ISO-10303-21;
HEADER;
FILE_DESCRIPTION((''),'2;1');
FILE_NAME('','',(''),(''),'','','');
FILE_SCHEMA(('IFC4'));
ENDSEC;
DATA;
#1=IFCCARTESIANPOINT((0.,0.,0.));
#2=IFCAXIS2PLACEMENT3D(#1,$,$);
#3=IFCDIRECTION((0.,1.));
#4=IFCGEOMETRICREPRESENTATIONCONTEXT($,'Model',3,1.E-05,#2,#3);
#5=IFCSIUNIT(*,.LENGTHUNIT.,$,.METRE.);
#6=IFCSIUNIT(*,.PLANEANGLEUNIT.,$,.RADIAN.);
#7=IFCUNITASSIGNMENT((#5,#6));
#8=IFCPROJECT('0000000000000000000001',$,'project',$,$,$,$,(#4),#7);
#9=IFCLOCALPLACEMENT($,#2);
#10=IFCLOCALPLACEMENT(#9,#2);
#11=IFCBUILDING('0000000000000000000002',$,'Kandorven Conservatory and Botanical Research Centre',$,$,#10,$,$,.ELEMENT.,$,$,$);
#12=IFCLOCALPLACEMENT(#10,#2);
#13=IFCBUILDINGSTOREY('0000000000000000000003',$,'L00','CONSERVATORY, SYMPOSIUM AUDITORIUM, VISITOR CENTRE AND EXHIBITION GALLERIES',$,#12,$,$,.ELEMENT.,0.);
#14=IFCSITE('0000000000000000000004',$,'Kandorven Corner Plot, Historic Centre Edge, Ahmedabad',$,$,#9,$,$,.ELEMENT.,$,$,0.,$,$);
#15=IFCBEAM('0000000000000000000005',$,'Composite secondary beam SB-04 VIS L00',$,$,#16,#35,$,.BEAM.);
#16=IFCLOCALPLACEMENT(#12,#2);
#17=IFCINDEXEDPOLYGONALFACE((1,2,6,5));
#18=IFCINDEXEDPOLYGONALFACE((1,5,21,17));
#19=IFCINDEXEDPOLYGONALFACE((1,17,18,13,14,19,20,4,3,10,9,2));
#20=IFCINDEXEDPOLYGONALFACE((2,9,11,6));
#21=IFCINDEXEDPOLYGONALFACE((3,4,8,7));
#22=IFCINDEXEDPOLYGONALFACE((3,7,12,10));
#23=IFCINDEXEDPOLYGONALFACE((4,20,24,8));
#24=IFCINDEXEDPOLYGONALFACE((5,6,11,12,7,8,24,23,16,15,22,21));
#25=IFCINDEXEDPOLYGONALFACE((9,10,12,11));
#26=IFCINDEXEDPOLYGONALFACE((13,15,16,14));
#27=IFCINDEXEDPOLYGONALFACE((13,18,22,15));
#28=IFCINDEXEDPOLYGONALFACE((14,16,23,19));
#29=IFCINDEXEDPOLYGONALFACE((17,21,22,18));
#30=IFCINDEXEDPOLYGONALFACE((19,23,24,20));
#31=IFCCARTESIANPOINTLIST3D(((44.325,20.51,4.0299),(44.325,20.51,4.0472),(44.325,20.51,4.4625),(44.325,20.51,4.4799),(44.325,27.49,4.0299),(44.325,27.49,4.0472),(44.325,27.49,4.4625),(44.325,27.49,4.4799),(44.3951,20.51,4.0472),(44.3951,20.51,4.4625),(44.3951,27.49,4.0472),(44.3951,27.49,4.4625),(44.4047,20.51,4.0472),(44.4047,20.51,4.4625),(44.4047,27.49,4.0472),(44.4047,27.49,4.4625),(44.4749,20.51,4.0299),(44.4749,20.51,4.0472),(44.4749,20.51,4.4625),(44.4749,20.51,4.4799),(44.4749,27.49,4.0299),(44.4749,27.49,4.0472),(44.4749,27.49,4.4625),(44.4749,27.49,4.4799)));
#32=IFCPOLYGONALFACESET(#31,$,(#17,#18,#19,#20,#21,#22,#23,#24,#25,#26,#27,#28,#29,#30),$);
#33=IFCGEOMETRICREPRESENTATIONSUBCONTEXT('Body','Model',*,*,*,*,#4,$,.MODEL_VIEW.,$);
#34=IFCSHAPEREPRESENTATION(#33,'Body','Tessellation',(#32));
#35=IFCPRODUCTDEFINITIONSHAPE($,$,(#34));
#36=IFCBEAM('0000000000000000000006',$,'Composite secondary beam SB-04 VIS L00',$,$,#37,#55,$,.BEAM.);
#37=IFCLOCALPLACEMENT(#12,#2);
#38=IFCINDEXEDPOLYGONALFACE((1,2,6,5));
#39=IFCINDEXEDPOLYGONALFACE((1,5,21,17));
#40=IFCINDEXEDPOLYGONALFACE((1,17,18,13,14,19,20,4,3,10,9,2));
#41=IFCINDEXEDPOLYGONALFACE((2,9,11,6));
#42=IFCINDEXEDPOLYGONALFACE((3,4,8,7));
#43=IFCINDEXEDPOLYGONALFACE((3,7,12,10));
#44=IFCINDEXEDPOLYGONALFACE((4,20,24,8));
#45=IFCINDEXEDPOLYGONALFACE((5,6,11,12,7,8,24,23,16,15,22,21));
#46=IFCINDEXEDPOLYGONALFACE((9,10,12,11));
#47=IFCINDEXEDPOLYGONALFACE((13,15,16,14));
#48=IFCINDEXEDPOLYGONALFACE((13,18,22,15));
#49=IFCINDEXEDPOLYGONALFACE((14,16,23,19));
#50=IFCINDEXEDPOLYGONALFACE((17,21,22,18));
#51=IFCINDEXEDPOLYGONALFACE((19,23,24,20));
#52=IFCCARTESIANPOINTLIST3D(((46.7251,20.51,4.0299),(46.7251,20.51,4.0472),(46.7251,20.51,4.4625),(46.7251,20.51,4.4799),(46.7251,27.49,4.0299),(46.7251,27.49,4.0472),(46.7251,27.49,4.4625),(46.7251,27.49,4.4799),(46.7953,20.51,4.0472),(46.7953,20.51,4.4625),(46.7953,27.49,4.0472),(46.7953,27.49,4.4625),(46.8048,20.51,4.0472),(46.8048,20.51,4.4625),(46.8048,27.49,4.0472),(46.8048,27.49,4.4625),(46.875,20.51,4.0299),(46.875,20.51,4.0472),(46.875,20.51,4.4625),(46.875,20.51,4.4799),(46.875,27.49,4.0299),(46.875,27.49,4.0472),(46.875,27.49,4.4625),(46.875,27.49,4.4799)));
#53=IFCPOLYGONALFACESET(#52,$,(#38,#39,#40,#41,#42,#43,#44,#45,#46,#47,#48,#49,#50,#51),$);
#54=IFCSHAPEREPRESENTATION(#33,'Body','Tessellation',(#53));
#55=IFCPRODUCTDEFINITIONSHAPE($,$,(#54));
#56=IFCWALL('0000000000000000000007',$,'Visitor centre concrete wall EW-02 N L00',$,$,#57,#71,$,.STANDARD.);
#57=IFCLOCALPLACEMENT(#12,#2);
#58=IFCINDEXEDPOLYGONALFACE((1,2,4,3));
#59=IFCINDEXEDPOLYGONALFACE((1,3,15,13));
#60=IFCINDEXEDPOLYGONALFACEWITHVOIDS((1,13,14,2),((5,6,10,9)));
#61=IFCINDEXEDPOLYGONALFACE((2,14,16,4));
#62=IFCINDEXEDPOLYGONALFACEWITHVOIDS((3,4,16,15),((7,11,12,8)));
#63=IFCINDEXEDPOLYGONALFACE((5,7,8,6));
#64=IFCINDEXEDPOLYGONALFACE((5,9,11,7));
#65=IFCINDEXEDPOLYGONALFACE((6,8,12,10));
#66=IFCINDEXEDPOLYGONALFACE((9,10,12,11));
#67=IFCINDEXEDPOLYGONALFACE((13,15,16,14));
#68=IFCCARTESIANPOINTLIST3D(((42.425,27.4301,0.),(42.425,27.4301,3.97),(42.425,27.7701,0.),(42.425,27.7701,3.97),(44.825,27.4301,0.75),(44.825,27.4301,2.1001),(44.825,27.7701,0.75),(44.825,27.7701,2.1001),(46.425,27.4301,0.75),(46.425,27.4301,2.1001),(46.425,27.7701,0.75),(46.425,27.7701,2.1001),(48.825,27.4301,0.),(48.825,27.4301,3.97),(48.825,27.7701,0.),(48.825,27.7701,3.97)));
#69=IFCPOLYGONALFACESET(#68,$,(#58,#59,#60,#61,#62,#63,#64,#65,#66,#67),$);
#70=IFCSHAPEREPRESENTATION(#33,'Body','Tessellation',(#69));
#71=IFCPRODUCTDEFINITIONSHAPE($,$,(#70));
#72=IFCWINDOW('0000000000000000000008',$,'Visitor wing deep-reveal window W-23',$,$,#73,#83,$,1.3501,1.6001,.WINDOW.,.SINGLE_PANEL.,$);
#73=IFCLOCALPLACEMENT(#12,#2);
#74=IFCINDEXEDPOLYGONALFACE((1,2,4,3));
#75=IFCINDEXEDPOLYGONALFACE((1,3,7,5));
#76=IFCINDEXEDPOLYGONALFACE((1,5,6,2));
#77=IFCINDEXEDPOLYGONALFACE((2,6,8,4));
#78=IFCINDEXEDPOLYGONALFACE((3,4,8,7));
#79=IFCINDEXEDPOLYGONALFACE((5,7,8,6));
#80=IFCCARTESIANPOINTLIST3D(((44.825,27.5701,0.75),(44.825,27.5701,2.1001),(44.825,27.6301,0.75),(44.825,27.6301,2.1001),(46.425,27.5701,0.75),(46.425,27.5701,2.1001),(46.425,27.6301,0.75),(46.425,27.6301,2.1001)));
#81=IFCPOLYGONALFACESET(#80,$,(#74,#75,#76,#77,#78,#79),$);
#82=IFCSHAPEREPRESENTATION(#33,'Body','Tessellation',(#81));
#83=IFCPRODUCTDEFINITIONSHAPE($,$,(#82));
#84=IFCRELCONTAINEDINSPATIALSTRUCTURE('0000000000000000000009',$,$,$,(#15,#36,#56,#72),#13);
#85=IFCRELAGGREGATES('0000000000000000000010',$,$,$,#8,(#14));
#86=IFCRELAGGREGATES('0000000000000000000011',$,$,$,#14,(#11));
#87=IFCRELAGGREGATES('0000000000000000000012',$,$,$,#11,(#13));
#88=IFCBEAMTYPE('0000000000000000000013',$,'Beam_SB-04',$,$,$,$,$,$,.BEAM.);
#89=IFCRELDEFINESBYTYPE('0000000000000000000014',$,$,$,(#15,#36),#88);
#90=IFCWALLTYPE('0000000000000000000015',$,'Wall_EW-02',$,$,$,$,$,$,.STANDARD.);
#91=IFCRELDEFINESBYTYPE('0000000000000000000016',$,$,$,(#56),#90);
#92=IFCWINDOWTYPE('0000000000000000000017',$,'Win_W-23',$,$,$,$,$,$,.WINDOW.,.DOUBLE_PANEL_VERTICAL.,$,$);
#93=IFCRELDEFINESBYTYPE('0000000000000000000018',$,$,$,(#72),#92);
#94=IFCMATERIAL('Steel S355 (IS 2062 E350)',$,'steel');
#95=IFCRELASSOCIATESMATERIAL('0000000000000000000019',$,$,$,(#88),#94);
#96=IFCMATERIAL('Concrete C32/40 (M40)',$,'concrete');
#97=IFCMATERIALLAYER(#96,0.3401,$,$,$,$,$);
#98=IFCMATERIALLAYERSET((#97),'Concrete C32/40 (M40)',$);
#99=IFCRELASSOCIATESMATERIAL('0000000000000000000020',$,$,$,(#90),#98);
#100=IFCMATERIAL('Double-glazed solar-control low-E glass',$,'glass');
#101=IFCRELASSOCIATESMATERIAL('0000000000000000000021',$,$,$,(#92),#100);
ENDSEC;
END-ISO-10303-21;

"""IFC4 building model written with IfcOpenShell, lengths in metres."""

from ifc_helpers import new_model, si_unit, direction, frame, frame_2d, origin, origin_2d, place, context, subcontext, project, spatial, rectangle, i_section, extrude, material, layer, layer_set, material_profile, profile_set, type_object, element, fill, save


model = new_model("IFC4")

# Units and contexts
model_context = context("Model", 3, precision=1e-05, world=origin(), true_north=direction((0.0, 1.0)))
body_context = subcontext(model_context, "Body", "Model", "MODEL_VIEW")
ifc_project = project(units=[si_unit("LENGTHUNIT", "METRE"), si_unit("PLANEANGLEUNIT", "RADIAN")], contexts=[model_context])

# Site, building, storey
site_placement = place(None, origin())
site = spatial("IfcSite", under=ifc_project, at=site_placement, Name="Kandorven Corner Plot, Historic Centre Edge, Ahmedabad", CompositionType="ELEMENT", RefElevation=0.0)
building_placement = place(site_placement, origin())
building = spatial("IfcBuilding", under=site, at=building_placement, Name="Kandorven Conservatory and Botanical Research Centre", CompositionType="ELEMENT")
storey_placement = place(building_placement, origin())
storey = spatial("IfcBuildingStorey", under=building, at=storey_placement, Name="L00", Description="CONSERVATORY, SYMPOSIUM AUDITORIUM, VISITOR CENTRE AND EXHIBITION GALLERIES", CompositionType="ELEMENT", Elevation=0.0)

# Beams
ifc_material_1 = material(Name="Steel S355 (IS 2062 E350)", Category="steel")
ifc_material_profile_1 = material_profile(ifc_material_1, i_section(OverallWidth=0.1499, OverallDepth=0.45, WebThickness=0.0095, FlangeThickness=0.0173, at=origin_2d()))
ifc_profile_set_1 = profile_set([ifc_material_profile_1], Name="Steel S355 (IS 2062 E350)")
beam_type_1 = type_object("IfcBeamType", Name="Beam_SB-04", PredefinedType="BEAM", material=ifc_profile_set_1)
for number, where, z_axis, x_axis, name in (
    (1, (44.3999, 20.51, 4.2549), (0.0, 1.0, 0.0), (-1.0, 0.0, 0.0), "Composite secondary beam SB-04 VIS L00"),
    (2, (46.8, 20.51, 4.2549), (0.0, 1.0, 0.0), (-1.0, 0.0, 0.0), "Composite secondary beam SB-04 VIS L00"),
):
    element("IfcBeam", number, at=place(storey_placement, frame(where, z_axis=z_axis, x_axis=x_axis)), inside=storey, type_object=beam_type_1, Name=name, PredefinedType="BEAM", context=body_context, shape_type="SweptSolid", body=[
        extrude(i_section(OverallWidth=0.1499, OverallDepth=0.45, WebThickness=0.0095, FlangeThickness=0.0173, at=origin_2d()), origin(), (0.0, 0.0, 1.0), 6.98),
    ])

# Wall, opening, window
ifc_material_2 = material(Name="Concrete C32/40 (M40)", Category="concrete")
ifc_layer = layer(ifc_material_2, 0.3401)
ifc_layer_set = layer_set([ifc_layer], Name="Concrete C32/40 (M40)")
wall_type = type_object("IfcWallType", Name="Wall_EW-02", PredefinedType="STANDARD", material=ifc_layer_set)
wall_placement = place(storey_placement, frame((42.425, 27.6001, 0.0), z_axis=(0.0, 0.0, 1.0), x_axis=(1.0, 0.0, 0.0)))
wall = element("IfcWall", 3, at=wall_placement, inside=storey, type_object=wall_type, Name="Visitor centre concrete wall EW-02 N L00", PredefinedType="STANDARD", context=body_context, shape_type="SweptSolid", body=[
    extrude(rectangle(XDim=6.3999, YDim=0.3401, at=frame_2d((3.2, 0.0))), origin(), (0.0, 0.0, 1.0), 3.97),
])
opening_placement = place(wall_placement, frame((2.3999, 0.0, 0.75)))
opening = element("IfcOpeningElement", 4, at=opening_placement, cuts=wall, PredefinedType="OPENING", context=body_context, shape_type="SweptSolid", body=[
    extrude(rectangle(XDim=1.6001, YDim=1.3501, at=frame_2d((0.8, 0.675))), frame((0.0, 0.1799, 0.0), z_axis=(0.0, -1.0, 0.0), x_axis=(1.0, 0.0, 0.0)), (0.0, 0.0, 1.0), 0.3601),
])
ifc_material_3 = material(Name="Double-glazed solar-control low-E glass", Category="glass")
window_type = type_object("IfcWindowType", Name="Win_W-23", PartitioningType="DOUBLE_PANEL_VERTICAL", PredefinedType="WINDOW", material=ifc_material_3)
window_placement = place(opening_placement, origin())
window = element("IfcWindow", 5, at=window_placement, inside=storey, type_object=window_type, Name="Visitor wing deep-reveal window W-23", OverallHeight=1.3501, OverallWidth=1.6001, PartitioningType="SINGLE_PANEL", PredefinedType="WINDOW", context=body_context, shape_type="SweptSolid", body=[
    extrude(rectangle(XDim=1.6001, YDim=1.3501, at=frame_2d((0.8, 0.675))), frame((0.0, 0.03, 0.0), z_axis=(0.0, -1.0, 0.0), x_axis=(1.0, 0.0, 0.0)), (0.0, 0.0, 1.0), 0.0601),
])
fill(opening, window)

save(model, "model.ifc")
